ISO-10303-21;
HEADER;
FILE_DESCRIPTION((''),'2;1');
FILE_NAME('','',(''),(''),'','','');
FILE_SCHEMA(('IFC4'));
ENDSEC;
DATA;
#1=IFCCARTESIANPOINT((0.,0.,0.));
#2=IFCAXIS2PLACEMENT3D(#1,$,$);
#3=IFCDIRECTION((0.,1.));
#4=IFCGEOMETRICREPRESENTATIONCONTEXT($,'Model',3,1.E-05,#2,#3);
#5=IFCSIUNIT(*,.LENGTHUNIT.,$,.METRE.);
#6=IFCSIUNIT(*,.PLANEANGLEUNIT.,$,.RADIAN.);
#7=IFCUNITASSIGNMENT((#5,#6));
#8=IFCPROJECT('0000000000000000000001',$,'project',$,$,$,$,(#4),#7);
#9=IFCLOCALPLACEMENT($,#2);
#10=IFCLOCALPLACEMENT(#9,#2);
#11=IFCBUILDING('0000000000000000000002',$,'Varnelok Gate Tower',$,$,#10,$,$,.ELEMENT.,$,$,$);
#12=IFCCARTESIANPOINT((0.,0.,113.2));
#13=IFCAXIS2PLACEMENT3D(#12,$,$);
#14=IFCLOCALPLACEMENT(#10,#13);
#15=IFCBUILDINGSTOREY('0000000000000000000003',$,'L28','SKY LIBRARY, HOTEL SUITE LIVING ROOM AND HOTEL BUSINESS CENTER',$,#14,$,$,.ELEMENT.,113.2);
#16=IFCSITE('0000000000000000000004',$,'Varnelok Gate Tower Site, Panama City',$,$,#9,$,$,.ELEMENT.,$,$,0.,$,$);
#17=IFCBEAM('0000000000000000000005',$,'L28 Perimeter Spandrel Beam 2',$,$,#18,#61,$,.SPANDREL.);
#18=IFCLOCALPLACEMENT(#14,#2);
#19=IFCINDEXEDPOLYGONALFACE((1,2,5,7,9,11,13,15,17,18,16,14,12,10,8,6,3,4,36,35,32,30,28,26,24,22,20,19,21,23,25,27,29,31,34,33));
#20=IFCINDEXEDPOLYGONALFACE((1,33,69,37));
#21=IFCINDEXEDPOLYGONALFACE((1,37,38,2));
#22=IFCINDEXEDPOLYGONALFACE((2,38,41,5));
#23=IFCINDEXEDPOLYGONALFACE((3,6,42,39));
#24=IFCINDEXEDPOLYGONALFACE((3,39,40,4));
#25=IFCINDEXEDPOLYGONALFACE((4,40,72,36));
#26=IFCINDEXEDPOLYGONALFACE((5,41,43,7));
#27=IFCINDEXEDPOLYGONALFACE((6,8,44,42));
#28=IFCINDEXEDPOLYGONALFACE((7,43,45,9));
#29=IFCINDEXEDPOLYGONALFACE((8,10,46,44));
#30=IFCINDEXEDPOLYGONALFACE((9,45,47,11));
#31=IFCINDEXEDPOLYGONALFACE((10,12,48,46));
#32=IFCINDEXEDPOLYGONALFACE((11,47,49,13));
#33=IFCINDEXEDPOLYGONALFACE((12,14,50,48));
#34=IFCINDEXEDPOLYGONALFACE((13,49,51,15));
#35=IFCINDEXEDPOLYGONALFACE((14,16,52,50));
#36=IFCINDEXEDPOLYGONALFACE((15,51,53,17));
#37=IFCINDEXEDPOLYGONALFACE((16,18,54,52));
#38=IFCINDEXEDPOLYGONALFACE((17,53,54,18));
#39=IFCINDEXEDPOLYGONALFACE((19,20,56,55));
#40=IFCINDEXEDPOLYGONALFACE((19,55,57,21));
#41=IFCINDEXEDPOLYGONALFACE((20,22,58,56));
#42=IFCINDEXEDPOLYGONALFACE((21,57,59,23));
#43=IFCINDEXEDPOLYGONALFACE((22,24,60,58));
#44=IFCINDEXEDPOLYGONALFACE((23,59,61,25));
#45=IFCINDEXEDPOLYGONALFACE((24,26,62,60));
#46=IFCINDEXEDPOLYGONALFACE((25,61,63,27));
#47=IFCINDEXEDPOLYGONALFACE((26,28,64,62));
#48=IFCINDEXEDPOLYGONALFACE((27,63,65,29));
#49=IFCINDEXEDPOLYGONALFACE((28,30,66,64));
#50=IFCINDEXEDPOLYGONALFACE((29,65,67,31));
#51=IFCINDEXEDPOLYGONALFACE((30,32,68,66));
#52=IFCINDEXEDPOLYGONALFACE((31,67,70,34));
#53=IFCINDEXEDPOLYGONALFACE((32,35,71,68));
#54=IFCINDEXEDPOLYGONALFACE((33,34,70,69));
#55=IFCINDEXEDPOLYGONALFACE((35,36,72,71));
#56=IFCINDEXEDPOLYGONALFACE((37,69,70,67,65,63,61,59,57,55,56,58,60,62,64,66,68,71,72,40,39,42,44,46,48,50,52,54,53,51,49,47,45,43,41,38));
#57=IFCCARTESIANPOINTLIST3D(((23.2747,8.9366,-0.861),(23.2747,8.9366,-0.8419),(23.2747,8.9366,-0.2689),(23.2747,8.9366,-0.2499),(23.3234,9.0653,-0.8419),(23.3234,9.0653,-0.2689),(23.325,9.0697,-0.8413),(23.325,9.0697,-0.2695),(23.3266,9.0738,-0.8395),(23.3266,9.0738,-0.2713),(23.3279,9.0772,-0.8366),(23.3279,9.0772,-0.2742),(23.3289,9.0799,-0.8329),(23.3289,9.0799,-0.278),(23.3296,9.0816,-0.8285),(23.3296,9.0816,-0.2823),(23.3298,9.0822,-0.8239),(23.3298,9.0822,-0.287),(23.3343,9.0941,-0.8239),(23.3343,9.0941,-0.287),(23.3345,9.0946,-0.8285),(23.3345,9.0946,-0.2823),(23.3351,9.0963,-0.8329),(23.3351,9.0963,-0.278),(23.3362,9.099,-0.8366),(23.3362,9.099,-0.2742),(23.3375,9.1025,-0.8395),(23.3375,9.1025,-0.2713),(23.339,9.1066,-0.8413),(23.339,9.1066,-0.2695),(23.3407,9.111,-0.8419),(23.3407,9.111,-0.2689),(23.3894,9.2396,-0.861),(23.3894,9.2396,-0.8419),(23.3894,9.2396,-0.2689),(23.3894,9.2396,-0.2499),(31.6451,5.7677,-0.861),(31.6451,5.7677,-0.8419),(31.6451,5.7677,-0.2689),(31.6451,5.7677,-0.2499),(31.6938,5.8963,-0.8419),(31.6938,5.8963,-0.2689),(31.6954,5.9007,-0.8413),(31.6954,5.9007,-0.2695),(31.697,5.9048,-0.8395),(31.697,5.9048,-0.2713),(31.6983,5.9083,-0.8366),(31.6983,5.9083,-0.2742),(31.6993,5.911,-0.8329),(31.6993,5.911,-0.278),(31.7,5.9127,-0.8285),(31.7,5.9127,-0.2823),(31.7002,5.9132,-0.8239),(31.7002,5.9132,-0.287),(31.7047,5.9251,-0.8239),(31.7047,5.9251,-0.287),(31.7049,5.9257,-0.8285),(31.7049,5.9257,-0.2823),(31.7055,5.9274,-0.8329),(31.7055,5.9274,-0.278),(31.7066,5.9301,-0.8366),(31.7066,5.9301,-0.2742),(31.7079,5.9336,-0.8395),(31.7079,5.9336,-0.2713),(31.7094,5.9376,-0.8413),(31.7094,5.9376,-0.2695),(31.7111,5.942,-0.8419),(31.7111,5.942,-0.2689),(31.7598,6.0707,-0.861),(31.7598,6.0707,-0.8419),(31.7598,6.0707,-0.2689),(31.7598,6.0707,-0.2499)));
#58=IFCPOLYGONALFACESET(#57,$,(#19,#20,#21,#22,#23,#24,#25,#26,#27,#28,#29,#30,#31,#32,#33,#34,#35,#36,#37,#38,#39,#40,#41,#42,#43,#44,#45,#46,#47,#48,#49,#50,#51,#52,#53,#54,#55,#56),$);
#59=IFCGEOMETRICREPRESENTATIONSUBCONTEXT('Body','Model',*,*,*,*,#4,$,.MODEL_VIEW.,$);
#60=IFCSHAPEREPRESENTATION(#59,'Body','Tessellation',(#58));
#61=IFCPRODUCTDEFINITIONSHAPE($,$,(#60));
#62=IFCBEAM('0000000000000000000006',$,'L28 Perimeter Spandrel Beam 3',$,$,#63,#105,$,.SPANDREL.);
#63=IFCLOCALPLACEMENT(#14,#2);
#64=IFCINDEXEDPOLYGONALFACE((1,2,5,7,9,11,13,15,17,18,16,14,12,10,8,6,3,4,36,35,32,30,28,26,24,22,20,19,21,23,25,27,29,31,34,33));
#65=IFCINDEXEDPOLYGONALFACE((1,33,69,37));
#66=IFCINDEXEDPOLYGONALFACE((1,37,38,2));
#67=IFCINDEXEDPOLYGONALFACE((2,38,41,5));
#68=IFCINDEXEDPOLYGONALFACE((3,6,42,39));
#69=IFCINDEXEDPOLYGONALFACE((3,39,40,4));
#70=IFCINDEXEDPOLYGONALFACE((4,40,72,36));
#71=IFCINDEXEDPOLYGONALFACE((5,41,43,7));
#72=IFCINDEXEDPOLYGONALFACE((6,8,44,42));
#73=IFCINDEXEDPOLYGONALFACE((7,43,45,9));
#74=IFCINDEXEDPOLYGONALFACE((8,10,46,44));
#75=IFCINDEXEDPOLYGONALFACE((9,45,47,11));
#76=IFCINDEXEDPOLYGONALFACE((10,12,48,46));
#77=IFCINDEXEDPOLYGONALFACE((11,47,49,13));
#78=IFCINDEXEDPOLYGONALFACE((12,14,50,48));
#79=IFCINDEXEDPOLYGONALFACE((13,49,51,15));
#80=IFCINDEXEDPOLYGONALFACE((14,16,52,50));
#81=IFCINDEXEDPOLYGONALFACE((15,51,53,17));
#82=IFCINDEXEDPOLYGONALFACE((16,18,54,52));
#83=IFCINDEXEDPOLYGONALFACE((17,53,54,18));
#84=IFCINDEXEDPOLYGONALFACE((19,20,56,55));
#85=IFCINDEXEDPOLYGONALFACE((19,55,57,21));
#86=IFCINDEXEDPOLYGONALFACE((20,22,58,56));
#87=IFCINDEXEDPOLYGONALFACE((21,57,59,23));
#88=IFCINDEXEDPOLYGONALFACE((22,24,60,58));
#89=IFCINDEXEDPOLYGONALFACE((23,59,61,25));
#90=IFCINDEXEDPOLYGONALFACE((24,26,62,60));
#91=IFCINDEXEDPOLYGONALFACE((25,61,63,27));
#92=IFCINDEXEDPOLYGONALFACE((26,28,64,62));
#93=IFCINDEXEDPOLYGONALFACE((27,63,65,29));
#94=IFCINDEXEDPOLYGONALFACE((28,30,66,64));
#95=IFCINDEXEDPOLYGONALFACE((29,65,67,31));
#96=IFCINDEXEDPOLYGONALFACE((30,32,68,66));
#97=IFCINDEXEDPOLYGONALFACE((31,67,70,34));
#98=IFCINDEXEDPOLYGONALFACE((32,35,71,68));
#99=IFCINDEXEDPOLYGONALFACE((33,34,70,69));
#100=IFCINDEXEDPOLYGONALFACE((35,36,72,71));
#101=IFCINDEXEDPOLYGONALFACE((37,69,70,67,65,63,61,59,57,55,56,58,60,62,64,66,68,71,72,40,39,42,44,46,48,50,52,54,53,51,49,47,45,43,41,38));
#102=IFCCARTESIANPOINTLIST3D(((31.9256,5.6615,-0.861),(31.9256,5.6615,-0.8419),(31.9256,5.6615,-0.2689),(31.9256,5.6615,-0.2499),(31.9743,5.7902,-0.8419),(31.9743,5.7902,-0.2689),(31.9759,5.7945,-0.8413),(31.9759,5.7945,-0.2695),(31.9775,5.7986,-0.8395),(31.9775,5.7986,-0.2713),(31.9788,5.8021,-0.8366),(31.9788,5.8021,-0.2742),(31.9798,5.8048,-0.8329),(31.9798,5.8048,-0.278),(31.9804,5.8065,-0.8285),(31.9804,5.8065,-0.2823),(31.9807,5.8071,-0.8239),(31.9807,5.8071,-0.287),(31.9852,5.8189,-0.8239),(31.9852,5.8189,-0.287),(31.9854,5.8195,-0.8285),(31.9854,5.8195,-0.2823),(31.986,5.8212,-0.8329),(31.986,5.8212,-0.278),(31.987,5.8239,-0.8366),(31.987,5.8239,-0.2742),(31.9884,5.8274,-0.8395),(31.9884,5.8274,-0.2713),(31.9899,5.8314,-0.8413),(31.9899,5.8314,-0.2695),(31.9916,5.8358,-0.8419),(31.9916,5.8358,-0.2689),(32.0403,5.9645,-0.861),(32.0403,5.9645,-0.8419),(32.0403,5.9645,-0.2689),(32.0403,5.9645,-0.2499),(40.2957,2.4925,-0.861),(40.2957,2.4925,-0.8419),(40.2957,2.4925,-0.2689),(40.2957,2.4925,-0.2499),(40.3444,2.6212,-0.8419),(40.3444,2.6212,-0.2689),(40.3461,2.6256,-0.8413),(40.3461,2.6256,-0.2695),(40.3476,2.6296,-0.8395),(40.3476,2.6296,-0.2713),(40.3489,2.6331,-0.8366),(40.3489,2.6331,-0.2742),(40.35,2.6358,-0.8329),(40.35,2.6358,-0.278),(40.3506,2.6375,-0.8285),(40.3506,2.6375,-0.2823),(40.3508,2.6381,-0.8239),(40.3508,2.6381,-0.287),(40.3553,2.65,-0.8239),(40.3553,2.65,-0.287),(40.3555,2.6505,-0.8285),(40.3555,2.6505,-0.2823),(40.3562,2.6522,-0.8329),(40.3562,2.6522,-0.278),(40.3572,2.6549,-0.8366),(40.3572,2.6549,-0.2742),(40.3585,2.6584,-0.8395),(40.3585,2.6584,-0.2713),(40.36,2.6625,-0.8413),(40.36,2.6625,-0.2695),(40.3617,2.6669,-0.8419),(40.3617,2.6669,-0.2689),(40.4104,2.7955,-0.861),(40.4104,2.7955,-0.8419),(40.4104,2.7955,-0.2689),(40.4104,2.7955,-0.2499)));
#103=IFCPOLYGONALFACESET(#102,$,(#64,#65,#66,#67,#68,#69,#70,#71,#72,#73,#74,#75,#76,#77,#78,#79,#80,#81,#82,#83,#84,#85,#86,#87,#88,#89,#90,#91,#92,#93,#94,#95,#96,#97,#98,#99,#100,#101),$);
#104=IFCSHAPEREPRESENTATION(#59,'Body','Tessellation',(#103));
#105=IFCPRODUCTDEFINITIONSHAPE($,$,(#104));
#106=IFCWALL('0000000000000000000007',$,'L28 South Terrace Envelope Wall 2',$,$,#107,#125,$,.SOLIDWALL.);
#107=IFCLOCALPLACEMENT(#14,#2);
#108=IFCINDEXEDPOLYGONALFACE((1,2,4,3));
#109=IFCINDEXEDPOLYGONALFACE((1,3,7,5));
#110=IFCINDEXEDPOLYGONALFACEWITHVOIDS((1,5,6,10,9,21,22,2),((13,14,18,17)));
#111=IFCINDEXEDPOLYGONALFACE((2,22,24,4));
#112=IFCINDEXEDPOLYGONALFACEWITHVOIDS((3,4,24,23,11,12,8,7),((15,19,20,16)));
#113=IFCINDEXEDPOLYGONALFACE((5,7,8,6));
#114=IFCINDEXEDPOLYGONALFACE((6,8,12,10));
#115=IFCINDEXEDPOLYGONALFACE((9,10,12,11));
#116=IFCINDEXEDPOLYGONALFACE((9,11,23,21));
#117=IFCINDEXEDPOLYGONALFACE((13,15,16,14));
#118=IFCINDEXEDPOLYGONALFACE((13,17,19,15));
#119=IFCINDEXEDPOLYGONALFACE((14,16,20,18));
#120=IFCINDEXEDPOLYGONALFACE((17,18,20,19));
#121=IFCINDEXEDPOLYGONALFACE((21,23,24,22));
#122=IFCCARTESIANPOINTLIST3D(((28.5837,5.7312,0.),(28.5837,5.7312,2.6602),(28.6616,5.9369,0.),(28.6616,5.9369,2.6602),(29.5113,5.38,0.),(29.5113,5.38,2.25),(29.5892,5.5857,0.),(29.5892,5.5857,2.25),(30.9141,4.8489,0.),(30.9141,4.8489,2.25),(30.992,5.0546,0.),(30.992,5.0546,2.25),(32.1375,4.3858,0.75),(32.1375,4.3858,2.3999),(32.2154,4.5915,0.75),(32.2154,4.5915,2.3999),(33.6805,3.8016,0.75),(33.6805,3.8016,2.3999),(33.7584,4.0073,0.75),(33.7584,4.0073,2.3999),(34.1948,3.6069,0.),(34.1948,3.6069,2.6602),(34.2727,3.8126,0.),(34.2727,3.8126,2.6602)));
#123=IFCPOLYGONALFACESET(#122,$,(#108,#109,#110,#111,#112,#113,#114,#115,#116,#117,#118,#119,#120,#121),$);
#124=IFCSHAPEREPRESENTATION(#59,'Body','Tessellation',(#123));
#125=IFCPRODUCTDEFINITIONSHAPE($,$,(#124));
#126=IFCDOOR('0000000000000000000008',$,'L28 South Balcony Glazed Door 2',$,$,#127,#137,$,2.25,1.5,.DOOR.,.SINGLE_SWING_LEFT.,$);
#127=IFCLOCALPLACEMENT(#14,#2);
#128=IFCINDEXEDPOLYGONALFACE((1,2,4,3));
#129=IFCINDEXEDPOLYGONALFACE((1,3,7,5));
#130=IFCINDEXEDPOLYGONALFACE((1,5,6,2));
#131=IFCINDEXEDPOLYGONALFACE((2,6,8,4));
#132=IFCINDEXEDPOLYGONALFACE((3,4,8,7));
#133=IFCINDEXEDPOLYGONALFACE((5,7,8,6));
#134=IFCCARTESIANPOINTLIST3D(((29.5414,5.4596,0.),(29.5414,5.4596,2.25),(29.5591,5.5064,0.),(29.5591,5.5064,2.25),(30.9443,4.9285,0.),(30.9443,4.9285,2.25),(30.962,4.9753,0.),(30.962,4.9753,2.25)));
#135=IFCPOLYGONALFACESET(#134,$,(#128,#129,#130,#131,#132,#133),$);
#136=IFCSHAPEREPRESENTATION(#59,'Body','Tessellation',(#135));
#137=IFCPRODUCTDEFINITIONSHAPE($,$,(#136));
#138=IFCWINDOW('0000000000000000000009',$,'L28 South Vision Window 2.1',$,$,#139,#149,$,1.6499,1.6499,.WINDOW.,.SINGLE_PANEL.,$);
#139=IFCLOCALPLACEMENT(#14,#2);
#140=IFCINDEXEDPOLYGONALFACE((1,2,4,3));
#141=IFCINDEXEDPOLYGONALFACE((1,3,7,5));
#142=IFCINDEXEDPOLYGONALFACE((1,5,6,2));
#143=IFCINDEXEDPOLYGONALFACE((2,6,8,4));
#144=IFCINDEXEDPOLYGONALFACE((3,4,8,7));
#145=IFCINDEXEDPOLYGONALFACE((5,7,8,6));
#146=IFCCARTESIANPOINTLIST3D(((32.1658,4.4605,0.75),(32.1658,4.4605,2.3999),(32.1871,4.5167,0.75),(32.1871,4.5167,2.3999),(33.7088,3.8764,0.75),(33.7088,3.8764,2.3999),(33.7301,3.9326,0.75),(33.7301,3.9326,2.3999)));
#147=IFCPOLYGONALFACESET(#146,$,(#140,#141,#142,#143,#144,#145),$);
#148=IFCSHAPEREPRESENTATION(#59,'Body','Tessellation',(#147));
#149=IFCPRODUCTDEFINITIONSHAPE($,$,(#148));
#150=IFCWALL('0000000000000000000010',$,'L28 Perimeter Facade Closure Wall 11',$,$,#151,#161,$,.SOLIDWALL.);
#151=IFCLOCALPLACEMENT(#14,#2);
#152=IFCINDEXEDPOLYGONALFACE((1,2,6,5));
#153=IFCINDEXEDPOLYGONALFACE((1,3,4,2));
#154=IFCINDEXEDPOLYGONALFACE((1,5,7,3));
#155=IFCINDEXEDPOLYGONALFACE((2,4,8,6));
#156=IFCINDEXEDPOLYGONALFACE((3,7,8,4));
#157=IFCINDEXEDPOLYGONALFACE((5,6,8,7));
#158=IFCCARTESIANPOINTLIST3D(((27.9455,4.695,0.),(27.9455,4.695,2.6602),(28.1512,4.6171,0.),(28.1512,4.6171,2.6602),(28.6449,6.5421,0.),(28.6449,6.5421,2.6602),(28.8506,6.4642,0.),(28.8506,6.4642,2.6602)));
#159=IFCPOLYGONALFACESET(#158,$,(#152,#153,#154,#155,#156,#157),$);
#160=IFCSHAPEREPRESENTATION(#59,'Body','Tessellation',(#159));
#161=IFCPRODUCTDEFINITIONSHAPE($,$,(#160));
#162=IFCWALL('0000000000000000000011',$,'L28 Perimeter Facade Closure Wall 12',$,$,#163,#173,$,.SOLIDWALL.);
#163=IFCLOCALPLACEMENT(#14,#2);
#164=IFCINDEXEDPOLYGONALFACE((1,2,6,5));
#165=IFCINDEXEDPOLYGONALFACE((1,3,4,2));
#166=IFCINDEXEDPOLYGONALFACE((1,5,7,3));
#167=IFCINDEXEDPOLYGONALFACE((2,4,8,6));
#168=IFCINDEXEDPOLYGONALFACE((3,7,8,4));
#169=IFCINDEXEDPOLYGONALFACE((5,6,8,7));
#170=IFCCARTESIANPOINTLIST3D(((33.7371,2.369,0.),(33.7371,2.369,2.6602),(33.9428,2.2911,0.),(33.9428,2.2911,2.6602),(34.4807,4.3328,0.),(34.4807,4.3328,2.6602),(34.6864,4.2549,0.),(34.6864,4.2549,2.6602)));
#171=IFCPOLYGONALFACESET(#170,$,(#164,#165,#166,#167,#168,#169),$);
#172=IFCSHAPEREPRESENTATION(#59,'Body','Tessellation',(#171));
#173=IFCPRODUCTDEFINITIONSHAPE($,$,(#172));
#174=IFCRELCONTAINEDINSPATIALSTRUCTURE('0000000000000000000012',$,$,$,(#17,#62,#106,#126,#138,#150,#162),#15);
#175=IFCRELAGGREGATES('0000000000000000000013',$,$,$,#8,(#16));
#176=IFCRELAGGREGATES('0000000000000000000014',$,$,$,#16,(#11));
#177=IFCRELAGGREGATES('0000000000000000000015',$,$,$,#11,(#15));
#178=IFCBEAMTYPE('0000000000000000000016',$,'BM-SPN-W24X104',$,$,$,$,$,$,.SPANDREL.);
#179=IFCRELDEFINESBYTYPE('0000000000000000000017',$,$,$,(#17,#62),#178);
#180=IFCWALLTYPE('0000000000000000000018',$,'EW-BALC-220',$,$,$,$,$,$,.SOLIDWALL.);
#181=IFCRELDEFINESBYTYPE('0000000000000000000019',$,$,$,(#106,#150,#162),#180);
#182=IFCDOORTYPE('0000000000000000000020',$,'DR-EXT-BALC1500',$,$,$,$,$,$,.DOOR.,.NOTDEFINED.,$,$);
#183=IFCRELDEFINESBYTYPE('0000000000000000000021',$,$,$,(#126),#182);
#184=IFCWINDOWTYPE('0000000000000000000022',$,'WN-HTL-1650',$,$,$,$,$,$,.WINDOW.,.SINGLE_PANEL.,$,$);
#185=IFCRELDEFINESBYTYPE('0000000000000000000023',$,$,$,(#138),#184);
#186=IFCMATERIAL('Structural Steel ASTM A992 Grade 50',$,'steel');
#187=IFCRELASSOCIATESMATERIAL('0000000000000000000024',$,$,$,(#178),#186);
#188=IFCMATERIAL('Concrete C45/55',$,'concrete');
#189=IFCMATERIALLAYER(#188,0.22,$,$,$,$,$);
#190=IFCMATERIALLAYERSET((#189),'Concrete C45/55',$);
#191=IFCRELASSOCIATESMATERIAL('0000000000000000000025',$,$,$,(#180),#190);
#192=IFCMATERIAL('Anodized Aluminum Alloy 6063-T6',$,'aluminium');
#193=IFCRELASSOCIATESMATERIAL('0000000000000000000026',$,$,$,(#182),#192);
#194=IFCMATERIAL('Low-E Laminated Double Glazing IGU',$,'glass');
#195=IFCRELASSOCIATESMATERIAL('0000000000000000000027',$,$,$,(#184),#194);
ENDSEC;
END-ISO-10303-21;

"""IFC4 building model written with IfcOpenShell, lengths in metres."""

from ifc_helpers import new_model, si_unit, direction, frame, frame_2d, origin, origin_2d, place, context, subcontext, project, spatial, rectangle, i_section, extrude, material, layer, layer_set, material_profile, profile_set, type_object, element, fill, save


model = new_model("IFC4")

# Units and contexts
model_context = context("Model", 3, precision=1e-05, world=origin(), true_north=direction((0.0, 1.0)))
body_context = subcontext(model_context, "Body", "Model", "MODEL_VIEW")
ifc_project = project(units=[si_unit("LENGTHUNIT", "METRE"), si_unit("PLANEANGLEUNIT", "RADIAN")], contexts=[model_context])

# Site, building, storey
site_placement = place(None, origin())
site = spatial("IfcSite", under=ifc_project, at=site_placement, Name="Varnelok Gate Tower Site, Panama City", CompositionType="ELEMENT", RefElevation=0.0)
building_placement = place(site_placement, origin())
building = spatial("IfcBuilding", under=site, at=building_placement, Name="Varnelok Gate Tower", CompositionType="ELEMENT")
storey_placement = place(building_placement, frame((0.0, 0.0, 113.2)))
storey = spatial("IfcBuildingStorey", under=building, at=storey_placement, Name="L28", Description="SKY LIBRARY, HOTEL SUITE LIVING ROOM AND HOTEL BUSINESS CENTER", CompositionType="ELEMENT", Elevation=113.2)

# Shared definitions
ifc_material_1 = material(Name="Structural Steel ASTM A992 Grade 50", Category="steel")

# Beams
ifc_material_profile_1 = material_profile(ifc_material_1, i_section(OverallWidth=0.324, OverallDepth=0.6111, WebThickness=0.0127, FlangeThickness=0.019, FilletRadius=0.0181, at=origin_2d()), Name="W24X104")
ifc_profile_set_1 = profile_set([ifc_material_profile_1], Name="Structural Steel ASTM A992 Grade 50")
beam_type_1 = type_object("IfcBeamType", Name="BM-SPN-W24X104", PredefinedType="SPANDREL", material=ifc_profile_set_1)
beam_1_placement = place(storey_placement, frame((23.332, 9.0881, -0.5554), z_axis=(0.93522, -0.354066, 0.0), x_axis=(0.354066, 0.93522, 0.0)))
element("IfcBeam", 1, at=beam_1_placement, inside=storey, type_object=beam_type_1, Name="L28 Perimeter Spandrel Beam 2", PredefinedType="SPANDREL", context=body_context, shape_type="SweptSolid", body=[
    extrude(i_section(OverallWidth=0.324, OverallDepth=0.6111, WebThickness=0.0127, FlangeThickness=0.019, FilletRadius=0.0181, at=origin_2d()), origin(), (0.0, 0.0, 1.0), 8.9502),
])
beam_2_placement = place(storey_placement, frame((31.9829, 5.813, -0.5554), z_axis=(0.935217, -0.354075, 0.0), x_axis=(0.354075, 0.935217, 0.0)))
element("IfcBeam", 2, at=beam_2_placement, inside=storey, type_object=beam_type_1, Name="L28 Perimeter Spandrel Beam 3", PredefinedType="SPANDREL", context=body_context, shape_type="SweptSolid", body=[
    extrude(i_section(OverallWidth=0.324, OverallDepth=0.6111, WebThickness=0.0127, FlangeThickness=0.019, FilletRadius=0.0181, at=origin_2d()), origin(), (0.0, 0.0, 1.0), 8.95),
])

# Wall, openings, door, window
ifc_material_2 = material(Name="Concrete C45/55", Category="concrete")
ifc_layer_1 = layer(ifc_material_2, 0.22)
ifc_layer_set_1 = layer_set([ifc_layer_1], Name="Concrete C45/55")
wall_type_1 = type_object("IfcWallType", Name="EW-BALC-220", PredefinedType="SOLIDWALL", material=ifc_layer_set_1)
wall_1_placement = place(storey_placement, frame((34.2339, 3.7097, 0.0), z_axis=(0.0, 0.0, 1.0), x_axis=(-0.935223, 0.35406, 0.0)))
wall_1 = element("IfcWall", 3, at=wall_1_placement, inside=storey, type_object=wall_type_1, Name="L28 South Terrace Envelope Wall 2", PredefinedType="SOLIDWALL", context=body_context, shape_type="SweptSolid", body=[
    extrude(rectangle(XDim=5.9998, YDim=0.22, at=frame_2d((3.0, 0.0))), origin(), (0.0, 0.0, 1.0), 2.6602),
])
opening_1_placement = place(wall_1_placement, frame((3.5081, 0.0, 0.0)))
opening_1 = element("IfcOpeningElement", 4, at=opening_1_placement, cuts=wall_1, PredefinedType="OPENING", context=body_context, shape_type="SweptSolid", body=[
    extrude(rectangle(XDim=1.5, YDim=2.25, at=frame_2d((0.75, 1.125))), frame((0.0, 0.1199, 0.0), z_axis=(0.0, -1.0, 0.0), x_axis=(1.0, 0.0, 0.0)), (0.0, 0.0, 1.0), 0.24),
])
opening_2_placement = place(wall_1_placement, frame((0.55, 0.0, 0.75)))
opening_2 = element("IfcOpeningElement", 5, at=opening_2_placement, cuts=wall_1, PredefinedType="OPENING", context=body_context, shape_type="SweptSolid", body=[
    extrude(rectangle(XDim=1.6499, YDim=1.6499, at=frame_2d((0.825, 0.825))), frame((0.0, 0.1199, 0.0), z_axis=(0.0, -1.0, 0.0), x_axis=(1.0, 0.0, 0.0)), (0.0, 0.0, 1.0), 0.24),
])
ifc_material_3 = material(Name="Anodized Aluminum Alloy 6063-T6", Category="aluminium")
door_type_1 = type_object("IfcDoorType", Name="DR-EXT-BALC1500", OperationType="NOTDEFINED", PredefinedType="DOOR", material=ifc_material_3)
door_1_placement = place(opening_1_placement, origin())
door_1 = element("IfcDoor", 6, at=door_1_placement, inside=storey, type_object=door_type_1, Name="L28 South Balcony Glazed Door 2", OperationType="SINGLE_SWING_LEFT", OverallHeight=2.25, OverallWidth=1.5, PredefinedType="DOOR", context=body_context, shape_type="SweptSolid", body=[
    extrude(rectangle(XDim=1.5, YDim=2.25, at=frame_2d((0.75, 1.125))), frame((0.0, 0.0249, 0.0), z_axis=(0.0, -1.0, 0.0), x_axis=(1.0, 0.0, 0.0)), (0.0, 0.0, 1.0), 0.05),
])
fill(opening_1, door_1)
ifc_material_4 = material(Name="Low-E Laminated Double Glazing IGU", Category="glass")
window_type = type_object("IfcWindowType", Name="WN-HTL-1650", PartitioningType="SINGLE_PANEL", PredefinedType="WINDOW", material=ifc_material_4)
window_1_placement = place(opening_2_placement, origin())
window_1 = element("IfcWindow", 7, at=window_1_placement, inside=storey, type_object=window_type, Name="L28 South Vision Window 2.1", OverallHeight=1.6499, OverallWidth=1.6499, PartitioningType="SINGLE_PANEL", PredefinedType="WINDOW", context=body_context, shape_type="SweptSolid", body=[
    extrude(rectangle(XDim=1.6499, YDim=1.6499, at=frame_2d((0.825, 0.825))), frame((0.0, 0.03, 0.0), z_axis=(0.0, -1.0, 0.0), x_axis=(1.0, 0.0, 0.0)), (0.0, 0.0, 1.0), 0.0601),
])
fill(opening_2, window_1)

# Walls
wall_2_placement = place(storey_placement, frame((28.0483, 4.656, 0.0), z_axis=(0.0, 0.0, 1.0), x_axis=(0.354129, 0.935197, 0.0)))
element("IfcWall", 8, at=wall_2_placement, inside=storey, type_object=wall_type_1, Name="L28 Perimeter Facade Closure Wall 11", PredefinedType="SOLIDWALL", context=body_context, shape_type="SweptSolid", body=[
    extrude(rectangle(XDim=1.9751, YDim=0.22, at=frame_2d((0.9875, 0.0))), origin(), (0.0, 0.0, 1.0), 2.6602),
])
wall_3_placement = place(storey_placement, frame((34.5835, 4.2937, 0.0), z_axis=(0.0, 0.0, 1.0), x_axis=(-0.354128, -0.935197, 0.0)))
element("IfcWall", 9, at=wall_3_placement, inside=storey, type_object=wall_type_1, Name="L28 Perimeter Facade Closure Wall 12", PredefinedType="SOLIDWALL", context=body_context, shape_type="SweptSolid", body=[
    extrude(rectangle(XDim=2.0999, YDim=0.22, at=frame_2d((1.0498, 0.0))), origin(), (0.0, 0.0, 1.0), 2.6602),
])

save(model, "model.ifc")
